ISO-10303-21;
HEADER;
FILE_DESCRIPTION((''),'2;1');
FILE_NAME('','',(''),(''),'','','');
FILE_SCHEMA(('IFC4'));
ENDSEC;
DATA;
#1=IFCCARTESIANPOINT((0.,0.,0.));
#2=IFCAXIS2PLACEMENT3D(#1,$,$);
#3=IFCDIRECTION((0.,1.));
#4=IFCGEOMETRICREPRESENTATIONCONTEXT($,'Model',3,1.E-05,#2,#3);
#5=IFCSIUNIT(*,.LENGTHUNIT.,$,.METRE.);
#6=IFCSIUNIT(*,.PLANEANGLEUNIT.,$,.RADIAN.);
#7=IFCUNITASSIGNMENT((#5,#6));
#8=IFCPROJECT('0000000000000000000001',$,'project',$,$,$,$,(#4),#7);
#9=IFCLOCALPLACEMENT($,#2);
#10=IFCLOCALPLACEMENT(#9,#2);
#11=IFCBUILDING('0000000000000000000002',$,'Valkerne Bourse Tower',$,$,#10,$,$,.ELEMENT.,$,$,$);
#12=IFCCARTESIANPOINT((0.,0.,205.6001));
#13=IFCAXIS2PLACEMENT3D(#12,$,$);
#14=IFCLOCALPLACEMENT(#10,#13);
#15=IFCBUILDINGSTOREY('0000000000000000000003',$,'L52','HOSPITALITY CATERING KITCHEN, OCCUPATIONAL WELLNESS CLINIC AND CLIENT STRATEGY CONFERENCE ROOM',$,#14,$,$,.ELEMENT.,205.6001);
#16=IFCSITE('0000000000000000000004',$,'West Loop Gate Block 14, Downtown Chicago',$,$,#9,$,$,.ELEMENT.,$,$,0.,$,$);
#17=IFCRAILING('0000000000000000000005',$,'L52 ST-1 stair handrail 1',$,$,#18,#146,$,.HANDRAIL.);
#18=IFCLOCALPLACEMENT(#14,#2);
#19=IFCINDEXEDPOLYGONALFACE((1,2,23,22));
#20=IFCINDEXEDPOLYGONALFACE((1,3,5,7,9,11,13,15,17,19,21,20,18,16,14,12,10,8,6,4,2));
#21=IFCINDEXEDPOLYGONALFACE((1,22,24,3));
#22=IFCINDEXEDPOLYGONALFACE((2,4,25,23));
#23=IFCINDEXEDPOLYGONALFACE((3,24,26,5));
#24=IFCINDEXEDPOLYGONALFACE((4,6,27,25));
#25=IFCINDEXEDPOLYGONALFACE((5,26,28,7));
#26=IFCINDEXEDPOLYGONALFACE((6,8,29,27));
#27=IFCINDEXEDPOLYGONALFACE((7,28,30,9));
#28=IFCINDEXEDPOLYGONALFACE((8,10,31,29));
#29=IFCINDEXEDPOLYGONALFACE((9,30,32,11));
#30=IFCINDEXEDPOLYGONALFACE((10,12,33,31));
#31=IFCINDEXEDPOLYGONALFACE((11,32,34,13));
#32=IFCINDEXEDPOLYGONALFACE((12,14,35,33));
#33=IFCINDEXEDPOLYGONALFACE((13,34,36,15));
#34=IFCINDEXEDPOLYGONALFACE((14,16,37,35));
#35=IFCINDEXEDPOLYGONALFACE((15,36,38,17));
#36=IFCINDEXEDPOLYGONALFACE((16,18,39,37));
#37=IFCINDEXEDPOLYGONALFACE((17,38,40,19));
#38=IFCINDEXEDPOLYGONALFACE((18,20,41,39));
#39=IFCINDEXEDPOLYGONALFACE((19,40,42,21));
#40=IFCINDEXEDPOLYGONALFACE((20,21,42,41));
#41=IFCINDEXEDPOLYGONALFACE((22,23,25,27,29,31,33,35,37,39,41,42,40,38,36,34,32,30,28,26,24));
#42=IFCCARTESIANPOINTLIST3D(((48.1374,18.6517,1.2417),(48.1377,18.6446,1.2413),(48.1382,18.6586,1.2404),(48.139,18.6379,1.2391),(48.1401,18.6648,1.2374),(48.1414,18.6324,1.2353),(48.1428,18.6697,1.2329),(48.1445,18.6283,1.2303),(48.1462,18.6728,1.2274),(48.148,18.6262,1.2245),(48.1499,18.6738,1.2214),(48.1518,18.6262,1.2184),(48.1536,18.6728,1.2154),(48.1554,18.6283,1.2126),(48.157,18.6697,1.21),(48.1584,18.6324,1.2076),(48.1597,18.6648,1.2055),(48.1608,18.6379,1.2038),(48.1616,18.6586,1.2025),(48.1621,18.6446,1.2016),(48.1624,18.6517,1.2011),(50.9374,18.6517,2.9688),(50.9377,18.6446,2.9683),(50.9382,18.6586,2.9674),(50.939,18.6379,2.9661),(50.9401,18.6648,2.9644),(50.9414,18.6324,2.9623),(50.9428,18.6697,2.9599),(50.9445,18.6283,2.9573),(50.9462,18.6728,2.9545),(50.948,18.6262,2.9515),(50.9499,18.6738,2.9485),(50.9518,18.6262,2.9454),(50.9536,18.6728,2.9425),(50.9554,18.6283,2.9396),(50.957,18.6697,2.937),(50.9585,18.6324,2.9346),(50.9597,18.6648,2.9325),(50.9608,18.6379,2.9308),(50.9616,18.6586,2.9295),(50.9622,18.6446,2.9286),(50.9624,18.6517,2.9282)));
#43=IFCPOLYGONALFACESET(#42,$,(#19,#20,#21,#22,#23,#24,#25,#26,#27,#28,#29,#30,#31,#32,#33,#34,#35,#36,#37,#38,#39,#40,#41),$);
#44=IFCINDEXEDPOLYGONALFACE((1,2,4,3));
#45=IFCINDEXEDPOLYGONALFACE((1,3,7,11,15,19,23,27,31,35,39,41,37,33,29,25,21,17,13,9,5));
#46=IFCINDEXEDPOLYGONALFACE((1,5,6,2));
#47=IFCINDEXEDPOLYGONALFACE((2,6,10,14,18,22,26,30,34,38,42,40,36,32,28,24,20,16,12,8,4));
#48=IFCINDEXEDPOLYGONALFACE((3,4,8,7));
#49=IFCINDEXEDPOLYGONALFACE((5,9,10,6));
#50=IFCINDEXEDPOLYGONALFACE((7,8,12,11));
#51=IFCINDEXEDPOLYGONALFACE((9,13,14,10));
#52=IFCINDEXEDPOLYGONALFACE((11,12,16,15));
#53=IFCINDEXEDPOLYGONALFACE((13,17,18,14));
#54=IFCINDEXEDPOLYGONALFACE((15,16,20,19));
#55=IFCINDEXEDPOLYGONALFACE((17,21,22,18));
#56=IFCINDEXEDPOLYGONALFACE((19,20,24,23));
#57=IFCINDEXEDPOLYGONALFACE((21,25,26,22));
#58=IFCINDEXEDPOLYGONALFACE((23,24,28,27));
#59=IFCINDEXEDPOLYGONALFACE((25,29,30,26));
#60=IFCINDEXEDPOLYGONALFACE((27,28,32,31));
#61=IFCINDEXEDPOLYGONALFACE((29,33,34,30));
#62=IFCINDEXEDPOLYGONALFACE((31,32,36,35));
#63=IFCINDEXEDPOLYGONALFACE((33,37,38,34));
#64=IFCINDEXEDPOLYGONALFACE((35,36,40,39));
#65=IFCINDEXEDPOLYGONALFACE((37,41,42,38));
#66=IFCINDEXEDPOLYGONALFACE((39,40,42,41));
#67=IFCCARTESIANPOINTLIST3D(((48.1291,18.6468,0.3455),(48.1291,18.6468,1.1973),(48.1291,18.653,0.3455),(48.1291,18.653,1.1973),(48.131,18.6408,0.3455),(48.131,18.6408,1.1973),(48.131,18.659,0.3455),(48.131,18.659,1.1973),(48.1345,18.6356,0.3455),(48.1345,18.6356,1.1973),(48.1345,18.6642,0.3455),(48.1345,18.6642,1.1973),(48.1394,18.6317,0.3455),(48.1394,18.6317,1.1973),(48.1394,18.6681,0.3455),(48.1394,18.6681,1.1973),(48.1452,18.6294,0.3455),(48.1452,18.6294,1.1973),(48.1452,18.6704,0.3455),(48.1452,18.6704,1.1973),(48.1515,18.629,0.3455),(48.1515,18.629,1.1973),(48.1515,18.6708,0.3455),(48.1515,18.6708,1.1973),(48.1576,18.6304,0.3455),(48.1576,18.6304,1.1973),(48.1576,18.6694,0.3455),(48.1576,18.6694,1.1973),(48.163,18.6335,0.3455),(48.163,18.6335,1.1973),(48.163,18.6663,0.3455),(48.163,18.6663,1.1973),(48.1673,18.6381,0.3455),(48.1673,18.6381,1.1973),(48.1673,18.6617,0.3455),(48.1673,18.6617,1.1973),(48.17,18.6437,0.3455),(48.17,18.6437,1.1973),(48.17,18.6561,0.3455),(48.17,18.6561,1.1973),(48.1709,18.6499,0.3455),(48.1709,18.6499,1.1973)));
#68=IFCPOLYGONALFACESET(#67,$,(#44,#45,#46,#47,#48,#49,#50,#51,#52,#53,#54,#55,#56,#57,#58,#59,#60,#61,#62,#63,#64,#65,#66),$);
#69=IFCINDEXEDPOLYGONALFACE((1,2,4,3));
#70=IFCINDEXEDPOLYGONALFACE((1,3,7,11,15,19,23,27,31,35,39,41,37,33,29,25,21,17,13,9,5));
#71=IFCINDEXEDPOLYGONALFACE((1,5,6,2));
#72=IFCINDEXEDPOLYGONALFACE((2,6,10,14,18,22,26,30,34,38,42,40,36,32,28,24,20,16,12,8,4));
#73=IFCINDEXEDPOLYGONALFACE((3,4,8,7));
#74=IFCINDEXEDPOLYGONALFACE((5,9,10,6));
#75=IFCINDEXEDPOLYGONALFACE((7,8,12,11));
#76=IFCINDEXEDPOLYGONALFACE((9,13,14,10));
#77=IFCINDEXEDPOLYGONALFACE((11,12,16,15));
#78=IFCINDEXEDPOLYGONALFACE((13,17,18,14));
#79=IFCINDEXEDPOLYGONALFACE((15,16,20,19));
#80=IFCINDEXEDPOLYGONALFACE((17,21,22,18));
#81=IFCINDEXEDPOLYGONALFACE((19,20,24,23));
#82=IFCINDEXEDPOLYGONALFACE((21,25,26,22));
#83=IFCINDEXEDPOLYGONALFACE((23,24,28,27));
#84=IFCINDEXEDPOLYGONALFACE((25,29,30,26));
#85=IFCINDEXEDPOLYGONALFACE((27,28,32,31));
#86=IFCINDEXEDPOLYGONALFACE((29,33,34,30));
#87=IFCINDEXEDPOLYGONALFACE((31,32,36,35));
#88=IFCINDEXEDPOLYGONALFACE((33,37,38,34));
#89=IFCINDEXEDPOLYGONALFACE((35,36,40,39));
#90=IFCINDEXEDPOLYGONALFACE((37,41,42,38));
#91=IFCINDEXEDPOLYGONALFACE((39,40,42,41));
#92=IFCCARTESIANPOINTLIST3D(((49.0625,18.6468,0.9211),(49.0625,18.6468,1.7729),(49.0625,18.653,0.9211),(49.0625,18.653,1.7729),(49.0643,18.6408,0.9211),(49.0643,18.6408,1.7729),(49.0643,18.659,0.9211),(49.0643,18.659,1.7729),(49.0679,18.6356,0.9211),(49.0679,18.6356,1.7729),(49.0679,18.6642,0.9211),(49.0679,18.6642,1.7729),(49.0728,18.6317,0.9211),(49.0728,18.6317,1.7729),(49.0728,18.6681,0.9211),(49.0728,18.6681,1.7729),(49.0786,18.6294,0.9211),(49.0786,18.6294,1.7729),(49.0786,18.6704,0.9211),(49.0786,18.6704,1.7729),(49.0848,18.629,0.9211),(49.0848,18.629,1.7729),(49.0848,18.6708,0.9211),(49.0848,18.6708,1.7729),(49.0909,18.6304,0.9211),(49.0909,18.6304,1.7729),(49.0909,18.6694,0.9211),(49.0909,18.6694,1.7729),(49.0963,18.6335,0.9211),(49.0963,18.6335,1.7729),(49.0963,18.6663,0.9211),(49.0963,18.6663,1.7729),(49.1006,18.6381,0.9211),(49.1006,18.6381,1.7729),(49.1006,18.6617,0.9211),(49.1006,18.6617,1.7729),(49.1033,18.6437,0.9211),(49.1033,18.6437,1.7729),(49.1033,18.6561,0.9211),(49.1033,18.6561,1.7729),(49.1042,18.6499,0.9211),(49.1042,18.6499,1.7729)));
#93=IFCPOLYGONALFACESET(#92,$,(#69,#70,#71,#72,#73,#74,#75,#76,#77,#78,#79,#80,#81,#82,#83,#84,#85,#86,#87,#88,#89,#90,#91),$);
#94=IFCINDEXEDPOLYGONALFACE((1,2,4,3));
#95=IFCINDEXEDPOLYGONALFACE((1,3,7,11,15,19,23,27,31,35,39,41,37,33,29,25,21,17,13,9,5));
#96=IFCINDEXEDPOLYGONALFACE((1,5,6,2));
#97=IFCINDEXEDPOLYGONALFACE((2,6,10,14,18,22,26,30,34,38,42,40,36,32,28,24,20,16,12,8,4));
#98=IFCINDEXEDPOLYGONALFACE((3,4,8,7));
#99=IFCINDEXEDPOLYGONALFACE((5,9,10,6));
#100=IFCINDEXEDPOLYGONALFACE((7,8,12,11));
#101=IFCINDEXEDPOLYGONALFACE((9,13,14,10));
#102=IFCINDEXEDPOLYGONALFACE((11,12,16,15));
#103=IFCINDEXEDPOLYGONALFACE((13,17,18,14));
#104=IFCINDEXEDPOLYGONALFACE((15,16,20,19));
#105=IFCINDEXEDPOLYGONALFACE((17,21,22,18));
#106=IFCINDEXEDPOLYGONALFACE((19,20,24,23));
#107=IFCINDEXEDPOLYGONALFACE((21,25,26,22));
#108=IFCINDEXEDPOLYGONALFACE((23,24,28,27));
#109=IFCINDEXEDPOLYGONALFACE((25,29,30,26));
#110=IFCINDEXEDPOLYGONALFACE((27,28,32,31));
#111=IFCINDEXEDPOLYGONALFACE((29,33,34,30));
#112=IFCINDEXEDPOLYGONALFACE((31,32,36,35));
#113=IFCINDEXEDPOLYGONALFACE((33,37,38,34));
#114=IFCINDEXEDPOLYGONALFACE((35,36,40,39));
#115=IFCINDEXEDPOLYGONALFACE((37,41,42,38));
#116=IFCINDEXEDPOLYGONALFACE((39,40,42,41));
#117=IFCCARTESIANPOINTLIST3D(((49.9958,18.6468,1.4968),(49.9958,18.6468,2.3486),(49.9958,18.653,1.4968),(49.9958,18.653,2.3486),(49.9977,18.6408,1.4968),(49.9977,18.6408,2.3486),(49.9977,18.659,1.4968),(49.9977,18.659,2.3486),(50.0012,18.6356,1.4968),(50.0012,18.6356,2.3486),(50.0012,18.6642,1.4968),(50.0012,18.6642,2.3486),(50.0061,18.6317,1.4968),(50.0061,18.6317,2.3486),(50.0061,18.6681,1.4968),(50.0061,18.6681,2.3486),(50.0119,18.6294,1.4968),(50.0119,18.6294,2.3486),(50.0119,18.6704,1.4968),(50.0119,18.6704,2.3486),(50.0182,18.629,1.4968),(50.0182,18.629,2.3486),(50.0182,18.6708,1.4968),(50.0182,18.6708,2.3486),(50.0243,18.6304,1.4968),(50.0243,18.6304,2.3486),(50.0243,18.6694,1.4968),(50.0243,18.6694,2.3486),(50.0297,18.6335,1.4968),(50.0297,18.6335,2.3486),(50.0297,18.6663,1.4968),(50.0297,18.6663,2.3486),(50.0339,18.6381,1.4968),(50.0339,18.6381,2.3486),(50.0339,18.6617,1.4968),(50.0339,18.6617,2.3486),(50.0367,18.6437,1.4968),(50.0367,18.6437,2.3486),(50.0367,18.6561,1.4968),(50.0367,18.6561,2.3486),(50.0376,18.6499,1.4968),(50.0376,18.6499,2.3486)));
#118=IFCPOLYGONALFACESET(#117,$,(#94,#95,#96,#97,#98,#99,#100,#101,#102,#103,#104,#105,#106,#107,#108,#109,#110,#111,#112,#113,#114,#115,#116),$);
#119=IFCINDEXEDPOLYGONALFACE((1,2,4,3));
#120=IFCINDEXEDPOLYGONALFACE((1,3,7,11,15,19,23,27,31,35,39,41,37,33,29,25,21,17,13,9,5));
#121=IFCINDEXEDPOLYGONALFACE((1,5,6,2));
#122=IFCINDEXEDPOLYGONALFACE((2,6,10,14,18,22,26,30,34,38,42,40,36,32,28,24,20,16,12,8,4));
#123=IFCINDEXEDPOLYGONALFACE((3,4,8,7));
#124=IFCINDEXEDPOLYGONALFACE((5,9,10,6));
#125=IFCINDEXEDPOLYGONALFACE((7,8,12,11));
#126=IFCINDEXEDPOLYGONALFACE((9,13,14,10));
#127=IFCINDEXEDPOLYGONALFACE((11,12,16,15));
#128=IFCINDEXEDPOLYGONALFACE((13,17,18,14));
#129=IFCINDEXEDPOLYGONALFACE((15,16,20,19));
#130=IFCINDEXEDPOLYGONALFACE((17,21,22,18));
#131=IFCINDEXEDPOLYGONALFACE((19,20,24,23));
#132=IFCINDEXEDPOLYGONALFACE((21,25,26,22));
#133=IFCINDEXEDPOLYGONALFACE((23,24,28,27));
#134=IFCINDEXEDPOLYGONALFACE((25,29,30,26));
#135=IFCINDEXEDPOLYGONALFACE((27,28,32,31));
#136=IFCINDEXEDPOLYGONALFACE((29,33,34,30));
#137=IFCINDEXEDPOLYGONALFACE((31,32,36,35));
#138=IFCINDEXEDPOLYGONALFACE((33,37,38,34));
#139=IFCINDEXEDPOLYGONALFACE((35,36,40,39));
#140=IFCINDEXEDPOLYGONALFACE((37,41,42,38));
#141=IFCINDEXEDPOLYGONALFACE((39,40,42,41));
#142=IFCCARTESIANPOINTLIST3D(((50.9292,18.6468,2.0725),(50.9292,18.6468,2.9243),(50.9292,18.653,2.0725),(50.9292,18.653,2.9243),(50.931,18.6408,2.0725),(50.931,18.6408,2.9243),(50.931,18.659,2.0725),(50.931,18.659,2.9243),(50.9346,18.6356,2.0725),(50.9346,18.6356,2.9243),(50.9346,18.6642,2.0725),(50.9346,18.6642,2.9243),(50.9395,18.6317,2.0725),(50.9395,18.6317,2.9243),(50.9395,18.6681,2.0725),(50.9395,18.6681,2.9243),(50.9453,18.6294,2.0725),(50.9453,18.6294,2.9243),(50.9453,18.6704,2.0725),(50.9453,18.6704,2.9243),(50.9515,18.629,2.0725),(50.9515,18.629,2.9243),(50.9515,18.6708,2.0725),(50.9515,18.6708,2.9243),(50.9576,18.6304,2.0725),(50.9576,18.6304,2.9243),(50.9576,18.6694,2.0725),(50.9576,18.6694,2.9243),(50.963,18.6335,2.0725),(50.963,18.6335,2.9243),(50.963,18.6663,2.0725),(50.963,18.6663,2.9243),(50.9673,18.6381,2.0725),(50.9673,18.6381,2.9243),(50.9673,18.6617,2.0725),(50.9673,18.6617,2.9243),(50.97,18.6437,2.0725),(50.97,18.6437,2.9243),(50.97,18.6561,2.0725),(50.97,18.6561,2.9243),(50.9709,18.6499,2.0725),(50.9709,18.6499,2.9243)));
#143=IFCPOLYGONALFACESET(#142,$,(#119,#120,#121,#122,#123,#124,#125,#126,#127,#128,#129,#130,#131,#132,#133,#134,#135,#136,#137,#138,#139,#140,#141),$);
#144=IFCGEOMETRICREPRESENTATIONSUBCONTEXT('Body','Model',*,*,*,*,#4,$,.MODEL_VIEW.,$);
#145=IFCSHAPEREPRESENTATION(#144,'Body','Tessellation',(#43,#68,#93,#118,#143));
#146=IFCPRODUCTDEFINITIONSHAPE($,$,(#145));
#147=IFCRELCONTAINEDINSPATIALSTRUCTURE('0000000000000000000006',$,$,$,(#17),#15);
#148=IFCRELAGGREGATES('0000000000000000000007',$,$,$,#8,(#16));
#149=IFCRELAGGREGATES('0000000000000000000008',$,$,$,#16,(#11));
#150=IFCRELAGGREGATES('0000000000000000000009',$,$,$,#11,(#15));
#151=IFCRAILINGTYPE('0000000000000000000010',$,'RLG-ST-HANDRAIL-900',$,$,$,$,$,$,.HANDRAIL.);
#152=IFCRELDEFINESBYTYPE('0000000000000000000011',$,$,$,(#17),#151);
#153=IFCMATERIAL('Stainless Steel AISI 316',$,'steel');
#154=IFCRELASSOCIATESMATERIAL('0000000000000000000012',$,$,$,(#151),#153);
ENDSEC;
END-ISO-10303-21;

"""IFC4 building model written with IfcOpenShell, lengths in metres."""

from ifc_helpers import new_model, si_unit, direction, frame, origin, origin_2d, place, context, subcontext, project, spatial, circle, extrude, material, type_object, element, save


model = new_model("IFC4")

# Units and contexts
model_context = context("Model", 3, precision=1e-05, world=origin(), true_north=direction((0.0, 1.0)))
body_context = subcontext(model_context, "Body", "Model", "MODEL_VIEW")
ifc_project = project(units=[si_unit("LENGTHUNIT", "METRE"), si_unit("PLANEANGLEUNIT", "RADIAN")], contexts=[model_context])

# Site, building, storey
site_placement = place(None, origin())
site = spatial("IfcSite", under=ifc_project, at=site_placement, Name="West Loop Gate Block 14, Downtown Chicago", CompositionType="ELEMENT", RefElevation=0.0)
building_placement = place(site_placement, origin())
building = spatial("IfcBuilding", under=site, at=building_placement, Name="Valkerne Bourse Tower", CompositionType="ELEMENT")
storey_placement = place(building_placement, frame((0.0, 0.0, 205.6001)))
storey = spatial("IfcBuildingStorey", under=building, at=storey_placement, Name="L52", Description="HOSPITALITY CATERING KITCHEN, OCCUPATIONAL WELLNESS CLINIC AND CLIENT STRATEGY CONFERENCE ROOM", CompositionType="ELEMENT", Elevation=205.6001)

# Shared definitions
ifc_material_1 = material(Name="Stainless Steel AISI 316", Category="steel")

# Railing
railing_type_1 = type_object("IfcRailingType", Name="RLG-ST-HANDRAIL-900", PredefinedType="HANDRAIL", material=ifc_material_1)
railing_1_placement = place(storey_placement, frame((48.1499, 18.6499, 0.3455)))
element("IfcRailing", 1, at=railing_1_placement, inside=storey, type_object=railing_type_1, Name="L52 ST-1 stair handrail 1", PredefinedType="HANDRAIL", context=body_context, shape_type="SweptSolid", body=[
    extrude(circle(Radius=0.0239, at=origin_2d()), frame((0.0, 0.0, 0.876), z_axis=(0.851123, 0.0, 0.524967), x_axis=(0.0, 1.0, 0.0)), (0.0, 0.0, 1.0), 3.2898),
    extrude(circle(Radius=0.021, at=origin_2d()), origin(), (0.0, 0.0, 1.0), 0.8518),
    extrude(circle(Radius=0.021, at=origin_2d()), frame((0.9333, 0.0, 0.5757)), (0.0, 0.0, 1.0), 0.8518),
    extrude(circle(Radius=0.021, at=origin_2d()), frame((1.8667, 0.0, 1.1514)), (0.0, 0.0, 1.0), 0.8518),
    extrude(circle(Radius=0.021, at=origin_2d()), frame((2.8, 0.0, 1.7271)), (0.0, 0.0, 1.0), 0.8518),
])

save(model, "model.ifc")
